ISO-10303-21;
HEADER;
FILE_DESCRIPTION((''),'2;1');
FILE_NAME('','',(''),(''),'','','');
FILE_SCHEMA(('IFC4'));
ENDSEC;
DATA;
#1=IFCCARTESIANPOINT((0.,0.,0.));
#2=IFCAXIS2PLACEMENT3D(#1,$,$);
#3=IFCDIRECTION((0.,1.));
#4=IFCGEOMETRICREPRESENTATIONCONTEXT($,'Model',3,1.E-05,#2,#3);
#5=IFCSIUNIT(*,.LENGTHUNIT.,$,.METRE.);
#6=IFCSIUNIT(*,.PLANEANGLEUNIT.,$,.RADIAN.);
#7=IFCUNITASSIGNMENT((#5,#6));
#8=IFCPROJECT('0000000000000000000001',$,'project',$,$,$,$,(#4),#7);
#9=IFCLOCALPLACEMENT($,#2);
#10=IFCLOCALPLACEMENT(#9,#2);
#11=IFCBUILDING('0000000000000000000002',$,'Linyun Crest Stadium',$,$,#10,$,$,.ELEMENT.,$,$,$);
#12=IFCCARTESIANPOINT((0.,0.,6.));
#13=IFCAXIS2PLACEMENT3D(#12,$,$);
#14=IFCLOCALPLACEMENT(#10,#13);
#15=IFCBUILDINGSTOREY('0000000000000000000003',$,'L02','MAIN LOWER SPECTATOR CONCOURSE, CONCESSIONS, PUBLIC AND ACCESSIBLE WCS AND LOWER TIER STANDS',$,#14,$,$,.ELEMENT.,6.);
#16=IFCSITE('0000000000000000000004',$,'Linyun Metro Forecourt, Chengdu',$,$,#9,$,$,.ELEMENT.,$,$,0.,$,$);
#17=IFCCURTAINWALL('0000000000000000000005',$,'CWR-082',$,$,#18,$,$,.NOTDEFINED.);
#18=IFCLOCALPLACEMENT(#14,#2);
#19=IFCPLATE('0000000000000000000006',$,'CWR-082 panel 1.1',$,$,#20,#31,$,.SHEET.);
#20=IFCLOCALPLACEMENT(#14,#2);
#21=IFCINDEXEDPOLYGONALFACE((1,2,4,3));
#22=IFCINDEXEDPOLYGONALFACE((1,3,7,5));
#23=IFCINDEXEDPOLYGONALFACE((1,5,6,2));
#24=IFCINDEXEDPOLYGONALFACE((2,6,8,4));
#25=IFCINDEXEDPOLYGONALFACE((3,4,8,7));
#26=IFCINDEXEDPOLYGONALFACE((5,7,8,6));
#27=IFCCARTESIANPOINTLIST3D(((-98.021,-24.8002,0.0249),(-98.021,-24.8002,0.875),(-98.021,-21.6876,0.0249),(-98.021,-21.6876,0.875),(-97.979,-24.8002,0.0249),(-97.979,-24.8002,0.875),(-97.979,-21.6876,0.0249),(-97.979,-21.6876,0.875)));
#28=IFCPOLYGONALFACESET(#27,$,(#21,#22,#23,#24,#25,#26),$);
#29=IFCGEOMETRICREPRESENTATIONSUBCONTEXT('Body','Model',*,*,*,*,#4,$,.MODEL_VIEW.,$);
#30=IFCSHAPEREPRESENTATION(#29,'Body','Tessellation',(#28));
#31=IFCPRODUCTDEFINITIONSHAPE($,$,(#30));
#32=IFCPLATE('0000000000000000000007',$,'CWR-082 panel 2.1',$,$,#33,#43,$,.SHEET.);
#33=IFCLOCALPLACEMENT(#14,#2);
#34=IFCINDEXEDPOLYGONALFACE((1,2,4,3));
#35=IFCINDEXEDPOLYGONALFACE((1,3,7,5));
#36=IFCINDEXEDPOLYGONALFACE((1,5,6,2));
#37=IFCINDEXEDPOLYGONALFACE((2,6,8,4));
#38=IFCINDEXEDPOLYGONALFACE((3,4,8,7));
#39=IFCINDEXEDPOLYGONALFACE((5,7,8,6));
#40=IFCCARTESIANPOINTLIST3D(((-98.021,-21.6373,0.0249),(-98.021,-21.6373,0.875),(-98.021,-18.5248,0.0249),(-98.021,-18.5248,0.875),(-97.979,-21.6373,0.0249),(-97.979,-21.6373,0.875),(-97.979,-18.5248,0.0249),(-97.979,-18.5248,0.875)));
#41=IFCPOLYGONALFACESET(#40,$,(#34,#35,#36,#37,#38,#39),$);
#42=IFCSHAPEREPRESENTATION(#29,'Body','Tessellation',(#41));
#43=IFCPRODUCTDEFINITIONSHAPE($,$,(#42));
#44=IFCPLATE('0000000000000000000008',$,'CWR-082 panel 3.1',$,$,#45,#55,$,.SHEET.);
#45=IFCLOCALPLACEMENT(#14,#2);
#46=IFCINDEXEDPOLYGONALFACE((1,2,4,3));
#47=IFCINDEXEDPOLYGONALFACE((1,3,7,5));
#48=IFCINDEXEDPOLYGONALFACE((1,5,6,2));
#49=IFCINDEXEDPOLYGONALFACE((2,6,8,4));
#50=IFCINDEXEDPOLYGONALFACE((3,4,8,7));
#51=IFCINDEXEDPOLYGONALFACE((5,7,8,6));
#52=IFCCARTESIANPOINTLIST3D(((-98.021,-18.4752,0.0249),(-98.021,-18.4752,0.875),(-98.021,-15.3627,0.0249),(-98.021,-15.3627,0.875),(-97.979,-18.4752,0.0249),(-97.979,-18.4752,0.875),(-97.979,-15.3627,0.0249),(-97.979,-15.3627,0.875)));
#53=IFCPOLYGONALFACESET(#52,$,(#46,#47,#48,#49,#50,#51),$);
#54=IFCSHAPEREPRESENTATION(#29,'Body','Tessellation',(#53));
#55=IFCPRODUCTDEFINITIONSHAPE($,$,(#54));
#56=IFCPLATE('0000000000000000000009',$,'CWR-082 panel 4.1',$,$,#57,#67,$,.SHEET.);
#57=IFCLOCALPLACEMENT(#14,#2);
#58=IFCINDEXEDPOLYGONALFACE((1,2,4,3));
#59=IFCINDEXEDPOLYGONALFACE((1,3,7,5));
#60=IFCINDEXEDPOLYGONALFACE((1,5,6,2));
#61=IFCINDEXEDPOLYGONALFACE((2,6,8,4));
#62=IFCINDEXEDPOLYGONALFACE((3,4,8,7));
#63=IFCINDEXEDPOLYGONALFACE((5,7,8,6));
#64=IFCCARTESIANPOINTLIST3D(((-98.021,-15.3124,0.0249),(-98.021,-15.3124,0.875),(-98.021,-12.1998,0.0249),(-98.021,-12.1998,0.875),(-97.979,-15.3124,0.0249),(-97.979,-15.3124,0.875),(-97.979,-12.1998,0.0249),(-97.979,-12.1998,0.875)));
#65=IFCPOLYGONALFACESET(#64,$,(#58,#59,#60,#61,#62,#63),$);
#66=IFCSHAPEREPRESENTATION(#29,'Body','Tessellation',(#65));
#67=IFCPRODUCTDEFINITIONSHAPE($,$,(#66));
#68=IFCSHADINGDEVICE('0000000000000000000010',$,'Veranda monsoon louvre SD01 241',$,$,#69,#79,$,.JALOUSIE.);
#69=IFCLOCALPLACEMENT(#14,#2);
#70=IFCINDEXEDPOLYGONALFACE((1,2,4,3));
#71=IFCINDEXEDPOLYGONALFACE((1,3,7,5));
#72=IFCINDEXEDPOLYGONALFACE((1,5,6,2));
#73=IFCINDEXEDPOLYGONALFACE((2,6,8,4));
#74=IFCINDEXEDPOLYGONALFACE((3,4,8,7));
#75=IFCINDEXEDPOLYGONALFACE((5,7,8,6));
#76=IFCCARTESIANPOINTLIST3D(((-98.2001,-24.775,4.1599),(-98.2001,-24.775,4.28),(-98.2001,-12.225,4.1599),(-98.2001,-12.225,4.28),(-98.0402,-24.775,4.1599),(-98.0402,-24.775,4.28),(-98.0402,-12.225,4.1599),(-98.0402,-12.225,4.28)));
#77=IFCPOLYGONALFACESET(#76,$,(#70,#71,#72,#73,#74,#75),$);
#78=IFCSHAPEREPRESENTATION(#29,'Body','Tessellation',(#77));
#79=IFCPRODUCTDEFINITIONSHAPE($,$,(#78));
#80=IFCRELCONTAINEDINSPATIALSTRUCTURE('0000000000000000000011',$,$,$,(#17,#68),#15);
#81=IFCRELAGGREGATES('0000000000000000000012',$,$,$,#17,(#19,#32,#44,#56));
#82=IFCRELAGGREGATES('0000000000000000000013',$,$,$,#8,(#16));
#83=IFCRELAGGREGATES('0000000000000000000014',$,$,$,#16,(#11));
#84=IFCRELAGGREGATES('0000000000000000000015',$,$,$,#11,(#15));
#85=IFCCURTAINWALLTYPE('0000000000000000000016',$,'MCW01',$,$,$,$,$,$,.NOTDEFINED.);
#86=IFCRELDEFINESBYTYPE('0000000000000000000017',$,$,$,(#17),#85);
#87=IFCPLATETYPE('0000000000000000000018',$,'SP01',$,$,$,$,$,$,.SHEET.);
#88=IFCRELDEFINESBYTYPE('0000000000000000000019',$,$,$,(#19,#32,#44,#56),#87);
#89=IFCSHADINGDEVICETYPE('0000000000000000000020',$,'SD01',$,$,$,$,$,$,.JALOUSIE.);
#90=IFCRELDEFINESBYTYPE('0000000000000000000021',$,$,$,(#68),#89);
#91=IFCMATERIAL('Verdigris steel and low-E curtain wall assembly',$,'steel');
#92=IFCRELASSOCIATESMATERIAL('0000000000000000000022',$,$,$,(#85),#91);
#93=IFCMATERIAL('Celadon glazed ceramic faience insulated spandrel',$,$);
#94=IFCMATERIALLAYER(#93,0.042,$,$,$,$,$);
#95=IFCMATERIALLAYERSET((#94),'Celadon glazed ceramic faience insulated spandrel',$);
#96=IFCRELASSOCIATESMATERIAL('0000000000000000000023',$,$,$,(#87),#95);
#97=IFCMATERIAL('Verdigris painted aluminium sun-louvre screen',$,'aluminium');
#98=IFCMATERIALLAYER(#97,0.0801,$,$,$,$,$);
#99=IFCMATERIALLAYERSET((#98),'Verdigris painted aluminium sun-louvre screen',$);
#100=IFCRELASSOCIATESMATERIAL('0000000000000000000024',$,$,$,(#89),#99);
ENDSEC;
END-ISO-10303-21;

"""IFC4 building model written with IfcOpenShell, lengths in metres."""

from ifc_helpers import new_model, si_unit, direction, frame, origin, origin_2d, place, context, subcontext, project, spatial, rectangle, extrude, material, layer, layer_set, type_object, element, aggregate, save


model = new_model("IFC4")

# Units and contexts
model_context = context("Model", 3, precision=1e-05, world=origin(), true_north=direction((0.0, 1.0)))
body_context = subcontext(model_context, "Body", "Model", "MODEL_VIEW")
ifc_project = project(units=[si_unit("LENGTHUNIT", "METRE"), si_unit("PLANEANGLEUNIT", "RADIAN")], contexts=[model_context])

# Site, building, storey
site_placement = place(None, origin())
site = spatial("IfcSite", under=ifc_project, at=site_placement, Name="Linyun Metro Forecourt, Chengdu", CompositionType="ELEMENT", RefElevation=0.0)
building_placement = place(site_placement, origin())
building = spatial("IfcBuilding", under=site, at=building_placement, Name="Linyun Crest Stadium", CompositionType="ELEMENT")
storey_placement = place(building_placement, frame((0.0, 0.0, 6.0)))
storey = spatial("IfcBuildingStorey", under=building, at=storey_placement, Name="L02", Description="MAIN LOWER SPECTATOR CONCOURSE, CONCESSIONS, PUBLIC AND ACCESSIBLE WCS AND LOWER TIER STANDS", CompositionType="ELEMENT", Elevation=6.0)

# Shared definitions
ifc_material_1 = material(Name="Verdigris steel and low-E curtain wall assembly", Category="steel")
curtain_wall_type = type_object("IfcCurtainWallType", Name="MCW01", PredefinedType="NOTDEFINED", material=ifc_material_1)

# Curtain wall, plates
curtain_wall_1_placement = place(storey_placement, origin())
curtain_wall_1 = element("IfcCurtainWall", 1, at=curtain_wall_1_placement, inside=storey, type_object=curtain_wall_type, Name="CWR-082", PredefinedType="NOTDEFINED")
ifc_material_2 = material(Name="Celadon glazed ceramic faience insulated spandrel")
ifc_layer_1 = layer(ifc_material_2, 0.042)
ifc_layer_set_1 = layer_set([ifc_layer_1], Name="Celadon glazed ceramic faience insulated spandrel")
plate_type_1 = type_object("IfcPlateType", Name="SP01", PredefinedType="SHEET", material=ifc_layer_set_1)
plate_1_placement = place(storey_placement, frame((-98.0, -23.2439, 0.0249), z_axis=(0.0, 0.0, 1.0), x_axis=(0.0, 1.0, 0.0)))
plate_1 = element("IfcPlate", 2, at=plate_1_placement, type_object=plate_type_1, Name="CWR-082 panel 1.1", PredefinedType="SHEET", context=body_context, shape_type="SweptSolid", body=[
    extrude(rectangle(XDim=3.1125, YDim=0.042, at=origin_2d()), origin(), (0.0, 0.0, 1.0), 0.8501),
])
plate_2_placement = place(storey_placement, frame((-98.0, -20.0811, 0.0249), z_axis=(0.0, 0.0, 1.0), x_axis=(0.0, 1.0, 0.0)))
plate_2 = element("IfcPlate", 3, at=plate_2_placement, type_object=plate_type_1, Name="CWR-082 panel 2.1", PredefinedType="SHEET", context=body_context, shape_type="SweptSolid", body=[
    extrude(rectangle(XDim=3.1125, YDim=0.042, at=origin_2d()), origin(), (0.0, 0.0, 1.0), 0.8501),
])
plate_3_placement = place(storey_placement, frame((-98.0, -16.9189, 0.0249), z_axis=(0.0, 0.0, 1.0), x_axis=(0.0, 1.0, 0.0)))
plate_3 = element("IfcPlate", 4, at=plate_3_placement, type_object=plate_type_1, Name="CWR-082 panel 3.1", PredefinedType="SHEET", context=body_context, shape_type="SweptSolid", body=[
    extrude(rectangle(XDim=3.1125, YDim=0.042, at=origin_2d()), origin(), (0.0, 0.0, 1.0), 0.8501),
])
plate_4_placement = place(storey_placement, frame((-98.0, -13.7561, 0.0249), z_axis=(0.0, 0.0, 1.0), x_axis=(0.0, 1.0, 0.0)))
plate_4 = element("IfcPlate", 5, at=plate_4_placement, type_object=plate_type_1, Name="CWR-082 panel 4.1", PredefinedType="SHEET", context=body_context, shape_type="SweptSolid", body=[
    extrude(rectangle(XDim=3.1125, YDim=0.042, at=origin_2d()), origin(), (0.0, 0.0, 1.0), 0.8501),
])
aggregate(curtain_wall_1, [plate_1, plate_2, plate_3, plate_4])

# Shading device
ifc_material_3 = material(Name="Verdigris painted aluminium sun-louvre screen", Category="aluminium")
ifc_layer_2 = layer(ifc_material_3, 0.0801)
ifc_layer_set_2 = layer_set([ifc_layer_2], Name="Verdigris painted aluminium sun-louvre screen")
shading_device_type = type_object("IfcShadingDeviceType", Name="SD01", PredefinedType="JALOUSIE", material=ifc_layer_set_2)
shading_device_placement = place(storey_placement, frame((-98.1201, -18.5, 4.1599), z_axis=(0.0, 0.0, 1.0), x_axis=(1.0, 0.0, 0.0)))
element("IfcShadingDevice", 6, at=shading_device_placement, inside=storey, type_object=shading_device_type, Name="Veranda monsoon louvre SD01 241", PredefinedType="JALOUSIE", context=body_context, shape_type="SweptSolid", body=[
    extrude(rectangle(XDim=0.1599, YDim=12.55, at=origin_2d()), origin(), (0.0, 0.0, 1.0), 0.1201),
])

save(model, "model.ifc")
